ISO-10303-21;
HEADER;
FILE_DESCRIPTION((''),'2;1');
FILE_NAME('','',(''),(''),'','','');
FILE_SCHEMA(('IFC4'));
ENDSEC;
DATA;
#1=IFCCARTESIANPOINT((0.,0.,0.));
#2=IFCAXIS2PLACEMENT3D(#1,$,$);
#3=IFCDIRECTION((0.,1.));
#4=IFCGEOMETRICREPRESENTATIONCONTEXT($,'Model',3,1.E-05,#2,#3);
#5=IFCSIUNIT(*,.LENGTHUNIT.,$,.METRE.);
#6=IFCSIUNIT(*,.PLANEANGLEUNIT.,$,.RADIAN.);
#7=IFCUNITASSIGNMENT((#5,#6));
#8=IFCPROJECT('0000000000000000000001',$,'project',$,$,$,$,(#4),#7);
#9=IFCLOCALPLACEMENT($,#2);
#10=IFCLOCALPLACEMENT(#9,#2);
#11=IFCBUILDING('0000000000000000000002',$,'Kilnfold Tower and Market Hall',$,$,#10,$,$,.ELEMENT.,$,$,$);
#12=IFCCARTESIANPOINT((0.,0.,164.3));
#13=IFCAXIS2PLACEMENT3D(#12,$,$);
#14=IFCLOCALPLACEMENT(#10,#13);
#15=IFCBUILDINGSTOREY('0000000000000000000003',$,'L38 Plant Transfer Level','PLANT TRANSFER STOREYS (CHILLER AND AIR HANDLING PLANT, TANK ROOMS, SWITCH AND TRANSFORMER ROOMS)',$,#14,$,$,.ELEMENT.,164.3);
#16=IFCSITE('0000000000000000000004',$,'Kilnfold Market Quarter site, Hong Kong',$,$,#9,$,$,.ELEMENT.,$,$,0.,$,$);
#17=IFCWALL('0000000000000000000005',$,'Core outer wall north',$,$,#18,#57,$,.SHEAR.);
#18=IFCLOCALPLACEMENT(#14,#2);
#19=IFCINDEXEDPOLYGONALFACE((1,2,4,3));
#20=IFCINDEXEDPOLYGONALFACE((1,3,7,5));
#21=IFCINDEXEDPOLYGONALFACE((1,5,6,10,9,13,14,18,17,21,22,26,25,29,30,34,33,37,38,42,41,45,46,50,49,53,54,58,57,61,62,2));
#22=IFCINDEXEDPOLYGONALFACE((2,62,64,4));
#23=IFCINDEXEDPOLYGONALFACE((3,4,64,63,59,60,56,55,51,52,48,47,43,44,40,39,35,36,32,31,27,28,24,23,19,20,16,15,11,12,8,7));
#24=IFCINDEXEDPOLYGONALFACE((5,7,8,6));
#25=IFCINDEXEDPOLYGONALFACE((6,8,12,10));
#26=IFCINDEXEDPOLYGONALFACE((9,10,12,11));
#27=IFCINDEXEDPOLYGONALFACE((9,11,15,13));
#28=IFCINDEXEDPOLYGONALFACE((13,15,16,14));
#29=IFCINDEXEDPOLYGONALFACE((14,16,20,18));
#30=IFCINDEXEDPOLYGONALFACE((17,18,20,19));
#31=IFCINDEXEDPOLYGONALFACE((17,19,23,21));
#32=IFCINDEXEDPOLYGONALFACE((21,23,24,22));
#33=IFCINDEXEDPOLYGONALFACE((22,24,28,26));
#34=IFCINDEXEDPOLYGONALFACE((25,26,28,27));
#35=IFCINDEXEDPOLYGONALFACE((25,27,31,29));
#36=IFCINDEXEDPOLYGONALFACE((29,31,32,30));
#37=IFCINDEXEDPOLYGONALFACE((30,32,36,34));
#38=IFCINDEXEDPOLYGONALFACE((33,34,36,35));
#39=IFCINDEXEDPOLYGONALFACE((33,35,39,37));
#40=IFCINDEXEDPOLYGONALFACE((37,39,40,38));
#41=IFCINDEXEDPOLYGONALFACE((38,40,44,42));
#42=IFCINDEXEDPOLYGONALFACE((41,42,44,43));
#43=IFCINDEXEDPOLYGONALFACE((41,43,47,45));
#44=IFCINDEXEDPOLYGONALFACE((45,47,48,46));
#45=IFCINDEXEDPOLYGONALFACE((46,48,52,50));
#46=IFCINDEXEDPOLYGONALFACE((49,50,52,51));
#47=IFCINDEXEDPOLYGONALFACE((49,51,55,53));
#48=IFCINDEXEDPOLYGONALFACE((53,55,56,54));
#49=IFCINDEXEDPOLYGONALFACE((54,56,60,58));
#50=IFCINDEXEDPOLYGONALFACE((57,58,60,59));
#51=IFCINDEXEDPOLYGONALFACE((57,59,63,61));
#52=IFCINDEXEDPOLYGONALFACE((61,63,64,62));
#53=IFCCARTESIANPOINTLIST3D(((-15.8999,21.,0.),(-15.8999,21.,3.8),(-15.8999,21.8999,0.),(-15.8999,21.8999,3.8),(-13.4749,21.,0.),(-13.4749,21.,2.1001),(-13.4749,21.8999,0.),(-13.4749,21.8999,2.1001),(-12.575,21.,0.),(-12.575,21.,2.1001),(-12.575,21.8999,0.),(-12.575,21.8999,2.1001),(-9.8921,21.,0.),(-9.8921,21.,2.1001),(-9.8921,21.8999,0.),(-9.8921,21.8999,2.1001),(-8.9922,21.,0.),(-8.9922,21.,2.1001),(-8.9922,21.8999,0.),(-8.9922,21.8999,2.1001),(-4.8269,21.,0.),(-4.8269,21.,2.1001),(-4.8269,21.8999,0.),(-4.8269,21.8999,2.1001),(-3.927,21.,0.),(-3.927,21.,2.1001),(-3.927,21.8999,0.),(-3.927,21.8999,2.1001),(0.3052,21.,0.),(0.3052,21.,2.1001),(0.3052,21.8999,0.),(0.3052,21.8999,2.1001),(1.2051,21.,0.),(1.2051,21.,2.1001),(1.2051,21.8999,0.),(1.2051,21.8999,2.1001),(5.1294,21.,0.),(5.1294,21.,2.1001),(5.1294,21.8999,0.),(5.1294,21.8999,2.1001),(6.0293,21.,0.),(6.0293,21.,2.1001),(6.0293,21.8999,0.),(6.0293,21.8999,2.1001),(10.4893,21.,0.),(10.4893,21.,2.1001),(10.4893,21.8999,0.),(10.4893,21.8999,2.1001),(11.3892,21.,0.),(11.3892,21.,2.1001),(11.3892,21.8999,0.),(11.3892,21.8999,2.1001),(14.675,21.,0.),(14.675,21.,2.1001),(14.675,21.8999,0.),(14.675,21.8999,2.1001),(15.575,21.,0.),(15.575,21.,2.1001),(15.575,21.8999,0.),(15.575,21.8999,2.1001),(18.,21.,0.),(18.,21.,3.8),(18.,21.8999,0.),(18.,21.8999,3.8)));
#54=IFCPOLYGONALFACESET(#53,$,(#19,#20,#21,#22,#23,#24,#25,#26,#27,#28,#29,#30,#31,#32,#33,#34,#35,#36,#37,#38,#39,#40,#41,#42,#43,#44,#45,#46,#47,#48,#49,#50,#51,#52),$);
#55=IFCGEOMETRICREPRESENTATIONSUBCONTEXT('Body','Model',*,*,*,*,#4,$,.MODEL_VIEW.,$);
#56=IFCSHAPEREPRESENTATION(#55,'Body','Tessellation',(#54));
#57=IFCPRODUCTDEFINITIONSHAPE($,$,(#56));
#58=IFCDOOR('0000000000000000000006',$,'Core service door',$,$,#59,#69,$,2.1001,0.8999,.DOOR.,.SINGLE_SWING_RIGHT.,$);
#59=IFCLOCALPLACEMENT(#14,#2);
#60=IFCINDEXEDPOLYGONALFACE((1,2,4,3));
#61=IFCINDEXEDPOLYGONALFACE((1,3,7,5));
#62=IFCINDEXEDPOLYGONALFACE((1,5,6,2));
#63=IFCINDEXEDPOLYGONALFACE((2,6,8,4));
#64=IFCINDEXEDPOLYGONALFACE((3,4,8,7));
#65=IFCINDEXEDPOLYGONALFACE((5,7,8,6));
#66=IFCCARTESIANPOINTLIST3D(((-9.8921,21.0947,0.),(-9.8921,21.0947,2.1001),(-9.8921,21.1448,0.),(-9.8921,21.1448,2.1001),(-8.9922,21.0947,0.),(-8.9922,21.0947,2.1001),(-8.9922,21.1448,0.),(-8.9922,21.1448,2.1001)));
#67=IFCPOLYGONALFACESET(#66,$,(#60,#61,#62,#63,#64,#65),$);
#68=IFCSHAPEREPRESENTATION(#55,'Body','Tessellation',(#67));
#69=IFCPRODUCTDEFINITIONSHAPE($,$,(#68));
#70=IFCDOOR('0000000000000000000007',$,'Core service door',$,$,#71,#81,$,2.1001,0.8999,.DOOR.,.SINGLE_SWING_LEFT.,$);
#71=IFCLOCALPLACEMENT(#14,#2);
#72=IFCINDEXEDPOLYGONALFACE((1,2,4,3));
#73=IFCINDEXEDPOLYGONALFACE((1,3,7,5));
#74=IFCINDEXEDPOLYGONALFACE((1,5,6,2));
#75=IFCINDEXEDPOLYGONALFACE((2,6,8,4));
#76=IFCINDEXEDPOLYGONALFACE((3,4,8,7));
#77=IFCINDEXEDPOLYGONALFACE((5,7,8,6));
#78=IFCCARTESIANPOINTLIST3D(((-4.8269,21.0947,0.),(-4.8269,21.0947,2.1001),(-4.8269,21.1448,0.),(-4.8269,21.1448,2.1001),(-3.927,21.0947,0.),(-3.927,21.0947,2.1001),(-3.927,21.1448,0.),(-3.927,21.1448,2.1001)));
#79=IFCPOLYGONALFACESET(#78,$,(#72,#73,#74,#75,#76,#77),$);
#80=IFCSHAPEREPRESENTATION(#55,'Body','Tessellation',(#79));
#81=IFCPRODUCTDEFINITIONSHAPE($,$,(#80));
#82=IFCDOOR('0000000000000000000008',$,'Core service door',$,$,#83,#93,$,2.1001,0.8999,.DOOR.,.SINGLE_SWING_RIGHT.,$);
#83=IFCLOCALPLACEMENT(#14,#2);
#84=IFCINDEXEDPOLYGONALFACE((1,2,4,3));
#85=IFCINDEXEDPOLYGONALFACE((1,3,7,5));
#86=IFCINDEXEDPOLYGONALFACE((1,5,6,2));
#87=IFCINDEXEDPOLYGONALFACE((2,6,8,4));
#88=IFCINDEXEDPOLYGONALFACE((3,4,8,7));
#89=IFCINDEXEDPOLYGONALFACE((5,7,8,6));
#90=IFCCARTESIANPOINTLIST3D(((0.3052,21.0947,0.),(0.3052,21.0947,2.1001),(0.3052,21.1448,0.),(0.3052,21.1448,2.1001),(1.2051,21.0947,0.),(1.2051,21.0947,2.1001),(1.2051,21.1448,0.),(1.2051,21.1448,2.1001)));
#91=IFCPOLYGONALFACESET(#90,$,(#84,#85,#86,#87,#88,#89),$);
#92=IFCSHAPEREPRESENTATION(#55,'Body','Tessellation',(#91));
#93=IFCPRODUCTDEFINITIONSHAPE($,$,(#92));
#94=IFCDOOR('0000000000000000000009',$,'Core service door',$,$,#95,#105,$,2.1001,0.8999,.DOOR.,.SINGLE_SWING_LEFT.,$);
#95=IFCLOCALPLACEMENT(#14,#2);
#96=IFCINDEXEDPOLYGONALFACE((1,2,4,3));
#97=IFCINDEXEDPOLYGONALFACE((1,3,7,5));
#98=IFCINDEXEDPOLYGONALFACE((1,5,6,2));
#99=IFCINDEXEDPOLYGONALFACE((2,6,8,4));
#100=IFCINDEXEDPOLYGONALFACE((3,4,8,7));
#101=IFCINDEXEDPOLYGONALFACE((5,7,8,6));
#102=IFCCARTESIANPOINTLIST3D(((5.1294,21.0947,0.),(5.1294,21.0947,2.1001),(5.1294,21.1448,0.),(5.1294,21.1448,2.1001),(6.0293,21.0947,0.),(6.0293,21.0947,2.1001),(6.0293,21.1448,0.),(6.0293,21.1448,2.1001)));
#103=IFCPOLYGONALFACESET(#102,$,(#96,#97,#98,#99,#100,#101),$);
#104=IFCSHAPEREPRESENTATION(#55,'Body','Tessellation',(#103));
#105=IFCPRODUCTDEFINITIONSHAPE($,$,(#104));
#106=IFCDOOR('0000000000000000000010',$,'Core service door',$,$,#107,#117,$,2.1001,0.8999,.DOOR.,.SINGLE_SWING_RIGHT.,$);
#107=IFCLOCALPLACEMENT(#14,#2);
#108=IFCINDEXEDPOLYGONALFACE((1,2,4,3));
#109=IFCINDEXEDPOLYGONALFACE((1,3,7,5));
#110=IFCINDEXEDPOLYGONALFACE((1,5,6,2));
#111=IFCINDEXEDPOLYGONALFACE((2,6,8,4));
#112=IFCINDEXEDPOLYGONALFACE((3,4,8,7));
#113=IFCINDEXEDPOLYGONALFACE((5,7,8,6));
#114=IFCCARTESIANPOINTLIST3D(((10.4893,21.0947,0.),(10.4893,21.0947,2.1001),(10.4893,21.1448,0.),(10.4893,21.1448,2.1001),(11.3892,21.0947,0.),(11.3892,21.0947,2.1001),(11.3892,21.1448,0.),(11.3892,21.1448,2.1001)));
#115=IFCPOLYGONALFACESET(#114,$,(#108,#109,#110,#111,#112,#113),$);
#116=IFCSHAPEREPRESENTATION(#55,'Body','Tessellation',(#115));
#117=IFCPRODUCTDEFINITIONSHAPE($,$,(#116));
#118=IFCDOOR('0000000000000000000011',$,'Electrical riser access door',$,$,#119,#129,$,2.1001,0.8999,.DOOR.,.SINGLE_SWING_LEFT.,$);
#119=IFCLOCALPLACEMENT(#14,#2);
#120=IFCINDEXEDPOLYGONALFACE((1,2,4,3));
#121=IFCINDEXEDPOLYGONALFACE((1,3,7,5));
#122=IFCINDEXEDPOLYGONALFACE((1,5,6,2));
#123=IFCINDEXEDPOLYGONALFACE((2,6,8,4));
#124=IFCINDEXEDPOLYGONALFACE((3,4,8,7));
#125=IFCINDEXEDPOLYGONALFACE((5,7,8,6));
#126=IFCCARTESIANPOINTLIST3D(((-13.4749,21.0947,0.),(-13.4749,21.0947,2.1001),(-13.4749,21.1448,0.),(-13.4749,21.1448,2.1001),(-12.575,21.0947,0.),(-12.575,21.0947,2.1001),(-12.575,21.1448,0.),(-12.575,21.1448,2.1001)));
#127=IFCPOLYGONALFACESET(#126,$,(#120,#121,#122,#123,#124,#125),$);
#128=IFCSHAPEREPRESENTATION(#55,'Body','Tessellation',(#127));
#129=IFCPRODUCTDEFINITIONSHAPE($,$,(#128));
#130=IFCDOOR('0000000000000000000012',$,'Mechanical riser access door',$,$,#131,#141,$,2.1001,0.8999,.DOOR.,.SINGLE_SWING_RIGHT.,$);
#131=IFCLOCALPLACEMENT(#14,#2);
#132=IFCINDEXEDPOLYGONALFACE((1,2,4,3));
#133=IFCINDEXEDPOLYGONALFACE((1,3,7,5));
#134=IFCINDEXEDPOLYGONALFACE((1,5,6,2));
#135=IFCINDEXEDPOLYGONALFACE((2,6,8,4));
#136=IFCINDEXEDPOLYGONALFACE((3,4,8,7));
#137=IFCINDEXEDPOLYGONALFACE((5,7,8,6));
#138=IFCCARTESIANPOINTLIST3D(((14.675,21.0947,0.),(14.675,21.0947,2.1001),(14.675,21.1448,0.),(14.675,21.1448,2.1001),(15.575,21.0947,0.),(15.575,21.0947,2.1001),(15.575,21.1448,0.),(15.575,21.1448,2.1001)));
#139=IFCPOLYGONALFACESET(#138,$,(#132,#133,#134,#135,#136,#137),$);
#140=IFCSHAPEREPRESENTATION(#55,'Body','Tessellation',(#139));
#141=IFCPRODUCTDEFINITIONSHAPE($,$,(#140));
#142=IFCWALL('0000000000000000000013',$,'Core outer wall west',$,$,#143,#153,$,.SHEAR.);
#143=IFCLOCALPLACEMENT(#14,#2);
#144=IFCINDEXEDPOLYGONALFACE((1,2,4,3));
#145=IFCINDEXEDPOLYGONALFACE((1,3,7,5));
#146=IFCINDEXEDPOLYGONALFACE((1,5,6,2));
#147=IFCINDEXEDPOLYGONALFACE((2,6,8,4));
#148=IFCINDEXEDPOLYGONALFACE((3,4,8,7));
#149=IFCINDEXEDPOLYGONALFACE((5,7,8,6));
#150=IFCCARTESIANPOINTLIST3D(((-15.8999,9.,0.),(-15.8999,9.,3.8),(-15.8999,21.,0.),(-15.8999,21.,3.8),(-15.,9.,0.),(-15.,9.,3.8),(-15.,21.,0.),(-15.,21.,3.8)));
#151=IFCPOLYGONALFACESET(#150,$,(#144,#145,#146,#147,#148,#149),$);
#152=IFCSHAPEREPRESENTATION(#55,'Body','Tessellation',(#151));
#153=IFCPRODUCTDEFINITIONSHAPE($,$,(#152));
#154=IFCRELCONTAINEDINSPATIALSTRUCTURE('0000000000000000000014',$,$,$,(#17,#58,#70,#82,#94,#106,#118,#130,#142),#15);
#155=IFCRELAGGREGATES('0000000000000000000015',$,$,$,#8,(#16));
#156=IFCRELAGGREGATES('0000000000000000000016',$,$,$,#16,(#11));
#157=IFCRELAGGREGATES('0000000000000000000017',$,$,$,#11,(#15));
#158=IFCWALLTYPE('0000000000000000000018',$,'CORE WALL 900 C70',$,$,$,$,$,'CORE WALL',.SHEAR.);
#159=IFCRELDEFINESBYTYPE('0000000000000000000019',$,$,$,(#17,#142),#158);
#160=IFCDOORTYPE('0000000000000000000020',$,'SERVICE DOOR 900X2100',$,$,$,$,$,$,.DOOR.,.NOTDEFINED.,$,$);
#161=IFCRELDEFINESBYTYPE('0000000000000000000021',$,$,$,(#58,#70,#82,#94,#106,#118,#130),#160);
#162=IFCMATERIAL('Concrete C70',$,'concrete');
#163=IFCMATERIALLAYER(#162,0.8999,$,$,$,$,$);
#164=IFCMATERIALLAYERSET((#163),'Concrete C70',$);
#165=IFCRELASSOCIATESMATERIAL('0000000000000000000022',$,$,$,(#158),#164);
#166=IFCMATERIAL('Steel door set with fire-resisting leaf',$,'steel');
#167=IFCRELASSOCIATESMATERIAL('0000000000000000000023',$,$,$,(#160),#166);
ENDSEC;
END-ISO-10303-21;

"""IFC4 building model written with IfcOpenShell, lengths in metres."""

from ifc_helpers import new_model, si_unit, direction, frame, frame_2d, origin, place, context, subcontext, project, spatial, rectangle, extrude, source, transform, mapped, material, layer, layer_set, type_object, element, fill, save


model = new_model("IFC4")

# Units and contexts
model_context = context("Model", 3, precision=1e-05, world=origin(), true_north=direction((0.0, 1.0)))
body_context = subcontext(model_context, "Body", "Model", "MODEL_VIEW")
ifc_project = project(units=[si_unit("LENGTHUNIT", "METRE"), si_unit("PLANEANGLEUNIT", "RADIAN")], contexts=[model_context])

# Site, building, storey
site_placement = place(None, origin())
site = spatial("IfcSite", under=ifc_project, at=site_placement, Name="Kilnfold Market Quarter site, Hong Kong", CompositionType="ELEMENT", RefElevation=0.0)
building_placement = place(site_placement, origin())
building = spatial("IfcBuilding", under=site, at=building_placement, Name="Kilnfold Tower and Market Hall", CompositionType="ELEMENT")
storey_placement = place(building_placement, frame((0.0, 0.0, 164.3)))
storey = spatial("IfcBuildingStorey", under=building, at=storey_placement, Name="L38 Plant Transfer Level", Description="PLANT TRANSFER STOREYS (CHILLER AND AIR HANDLING PLANT, TANK ROOMS, SWITCH AND TRANSFORMER ROOMS)", CompositionType="ELEMENT", Elevation=164.3)

# Shared definitions
ifc_material_1 = material(Name="Concrete C70", Category="concrete")
ifc_layer_1 = layer(ifc_material_1, 0.8999)
ifc_layer_set_1 = layer_set([ifc_layer_1], Name="Concrete C70")
wall_type_1 = type_object("IfcWallType", Name="CORE WALL 900 C70", ElementType="CORE WALL", PredefinedType="SHEAR", material=ifc_layer_set_1)

# Wall, openings, doors
shared_shape_1 = source(origin(), body_context, "Body", "SweptSolid", [
    extrude(rectangle(XDim=33.8999, YDim=0.8999, at=frame_2d((16.95, 0.0))), origin(), (0.0, 0.0, 1.0), 3.8),
])
wall_1_placement = place(storey_placement, frame((-15.8999, 21.45, 0.0), z_axis=(0.0, 0.0, 1.0), x_axis=(1.0, 0.0, 0.0)))
wall_1 = element("IfcWall", 1, at=wall_1_placement, inside=storey, type_object=wall_type_1, Name="Core outer wall north", PredefinedType="SHEAR", context=body_context, shape_type="MappedRepresentation", body=[
    mapped(shared_shape_1, transform((0.0, 0.0, 0.0))),
])
opening_1_placement = place(wall_1_placement, frame((6.0078, 0.0, 0.0)))
opening_1 = element("IfcOpeningElement", 2, at=opening_1_placement, cuts=wall_1, PredefinedType="OPENING", context=body_context, shape_type="SweptSolid", body=[
    extrude(rectangle(XDim=0.8999, YDim=2.1001, at=frame_2d((0.45, 1.05))), frame((0.0, 0.46, 0.0), z_axis=(0.0, -1.0, 0.0), x_axis=(1.0, 0.0, 0.0)), (0.0, 0.0, 1.0), 0.9199),
])
opening_2_placement = place(wall_1_placement, frame((11.073, 0.0, 0.0)))
opening_2 = element("IfcOpeningElement", 3, at=opening_2_placement, cuts=wall_1, PredefinedType="OPENING", context=body_context, shape_type="SweptSolid", body=[
    extrude(rectangle(XDim=0.8999, YDim=2.1001, at=frame_2d((0.45, 1.05))), frame((0.0, 0.46, 0.0), z_axis=(0.0, -1.0, 0.0), x_axis=(1.0, 0.0, 0.0)), (0.0, 0.0, 1.0), 0.9199),
])
opening_3_placement = place(wall_1_placement, frame((16.2051, 0.0, 0.0)))
opening_3 = element("IfcOpeningElement", 4, at=opening_3_placement, cuts=wall_1, PredefinedType="OPENING", context=body_context, shape_type="SweptSolid", body=[
    extrude(rectangle(XDim=0.8999, YDim=2.1001, at=frame_2d((0.45, 1.05))), frame((0.0, 0.46, 0.0), z_axis=(0.0, -1.0, 0.0), x_axis=(1.0, 0.0, 0.0)), (0.0, 0.0, 1.0), 0.9199),
])
opening_4_placement = place(wall_1_placement, frame((21.0293, 0.0, 0.0)))
opening_4 = element("IfcOpeningElement", 5, at=opening_4_placement, cuts=wall_1, PredefinedType="OPENING", context=body_context, shape_type="SweptSolid", body=[
    extrude(rectangle(XDim=0.8999, YDim=2.1001, at=frame_2d((0.45, 1.05))), frame((0.0, 0.46, 0.0), z_axis=(0.0, -1.0, 0.0), x_axis=(1.0, 0.0, 0.0)), (0.0, 0.0, 1.0), 0.9199),
])
opening_5_placement = place(wall_1_placement, frame((26.3892, 0.0, 0.0)))
opening_5 = element("IfcOpeningElement", 6, at=opening_5_placement, cuts=wall_1, PredefinedType="OPENING", context=body_context, shape_type="SweptSolid", body=[
    extrude(rectangle(XDim=0.8999, YDim=2.1001, at=frame_2d((0.45, 1.05))), frame((0.0, 0.46, 0.0), z_axis=(0.0, -1.0, 0.0), x_axis=(1.0, 0.0, 0.0)), (0.0, 0.0, 1.0), 0.9199),
])
opening_6_placement = place(wall_1_placement, frame((2.425, 0.0, 0.0)))
opening_6 = element("IfcOpeningElement", 7, at=opening_6_placement, cuts=wall_1, PredefinedType="OPENING", context=body_context, shape_type="SweptSolid", body=[
    extrude(rectangle(XDim=0.8999, YDim=2.1001, at=frame_2d((0.45, 1.05))), frame((0.0, 0.46, 0.0), z_axis=(0.0, -1.0, 0.0), x_axis=(1.0, 0.0, 0.0)), (0.0, 0.0, 1.0), 0.9199),
])
opening_7_placement = place(wall_1_placement, frame((30.575, 0.0, 0.0)))
opening_7 = element("IfcOpeningElement", 8, at=opening_7_placement, cuts=wall_1, PredefinedType="OPENING", context=body_context, shape_type="SweptSolid", body=[
    extrude(rectangle(XDim=0.8999, YDim=2.1001, at=frame_2d((0.45, 1.05))), frame((0.0, 0.46, 0.0), z_axis=(0.0, -1.0, 0.0), x_axis=(1.0, 0.0, 0.0)), (0.0, 0.0, 1.0), 0.9199),
])
ifc_material_2 = material(Name="Steel door set with fire-resisting leaf", Category="steel")
door_type_1 = type_object("IfcDoorType", Name="SERVICE DOOR 900X2100", OperationType="NOTDEFINED", PredefinedType="DOOR", material=ifc_material_2)
door_1_placement = place(opening_1_placement, origin())
door_1 = element("IfcDoor", 9, at=door_1_placement, inside=storey, type_object=door_type_1, Name="Core service door", OperationType="SINGLE_SWING_RIGHT", OverallHeight=2.1001, OverallWidth=0.8999, PredefinedType="DOOR", context=body_context, shape_type="SweptSolid", body=[
    extrude(rectangle(XDim=0.8999, YDim=2.1001, at=frame_2d((0.45, 1.05))), frame((0.0, -0.3052, 0.0), z_axis=(0.0, -1.0, 0.0), x_axis=(1.0, 0.0, 0.0)), (0.0, 0.0, 1.0), 0.05),
])
fill(opening_1, door_1)
door_2_placement = place(opening_2_placement, origin())
door_2 = element("IfcDoor", 10, at=door_2_placement, inside=storey, type_object=door_type_1, Name="Core service door", OperationType="SINGLE_SWING_LEFT", OverallHeight=2.1001, OverallWidth=0.8999, PredefinedType="DOOR", context=body_context, shape_type="SweptSolid", body=[
    extrude(rectangle(XDim=0.8999, YDim=2.1001, at=frame_2d((0.45, 1.05))), frame((0.0, -0.3052, 0.0), z_axis=(0.0, -1.0, 0.0), x_axis=(1.0, 0.0, 0.0)), (0.0, 0.0, 1.0), 0.05),
])
fill(opening_2, door_2)
door_3_placement = place(opening_3_placement, origin())
door_3 = element("IfcDoor", 11, at=door_3_placement, inside=storey, type_object=door_type_1, Name="Core service door", OperationType="SINGLE_SWING_RIGHT", OverallHeight=2.1001, OverallWidth=0.8999, PredefinedType="DOOR", context=body_context, shape_type="SweptSolid", body=[
    extrude(rectangle(XDim=0.8999, YDim=2.1001, at=frame_2d((0.45, 1.05))), frame((0.0, -0.3052, 0.0), z_axis=(0.0, -1.0, 0.0), x_axis=(1.0, 0.0, 0.0)), (0.0, 0.0, 1.0), 0.05),
])
fill(opening_3, door_3)
door_4_placement = place(opening_4_placement, origin())
door_4 = element("IfcDoor", 12, at=door_4_placement, inside=storey, type_object=door_type_1, Name="Core service door", OperationType="SINGLE_SWING_LEFT", OverallHeight=2.1001, OverallWidth=0.8999, PredefinedType="DOOR", context=body_context, shape_type="SweptSolid", body=[
    extrude(rectangle(XDim=0.8999, YDim=2.1001, at=frame_2d((0.45, 1.05))), frame((0.0, -0.3052, 0.0), z_axis=(0.0, -1.0, 0.0), x_axis=(1.0, 0.0, 0.0)), (0.0, 0.0, 1.0), 0.05),
])
fill(opening_4, door_4)
door_5_placement = place(opening_5_placement, origin())
door_5 = element("IfcDoor", 13, at=door_5_placement, inside=storey, type_object=door_type_1, Name="Core service door", OperationType="SINGLE_SWING_RIGHT", OverallHeight=2.1001, OverallWidth=0.8999, PredefinedType="DOOR", context=body_context, shape_type="SweptSolid", body=[
    extrude(rectangle(XDim=0.8999, YDim=2.1001, at=frame_2d((0.45, 1.05))), frame((0.0, -0.3052, 0.0), z_axis=(0.0, -1.0, 0.0), x_axis=(1.0, 0.0, 0.0)), (0.0, 0.0, 1.0), 0.05),
])
fill(opening_5, door_5)
door_6_placement = place(opening_6_placement, origin())
door_6 = element("IfcDoor", 14, at=door_6_placement, inside=storey, type_object=door_type_1, Name="Electrical riser access door", OperationType="SINGLE_SWING_LEFT", OverallHeight=2.1001, OverallWidth=0.8999, PredefinedType="DOOR", context=body_context, shape_type="SweptSolid", body=[
    extrude(rectangle(XDim=0.8999, YDim=2.1001, at=frame_2d((0.45, 1.05))), frame((0.0, -0.3052, 0.0), z_axis=(0.0, -1.0, 0.0), x_axis=(1.0, 0.0, 0.0)), (0.0, 0.0, 1.0), 0.05),
])
fill(opening_6, door_6)
door_7_placement = place(opening_7_placement, origin())
door_7 = element("IfcDoor", 15, at=door_7_placement, inside=storey, type_object=door_type_1, Name="Mechanical riser access door", OperationType="SINGLE_SWING_RIGHT", OverallHeight=2.1001, OverallWidth=0.8999, PredefinedType="DOOR", context=body_context, shape_type="SweptSolid", body=[
    extrude(rectangle(XDim=0.8999, YDim=2.1001, at=frame_2d((0.45, 1.05))), frame((0.0, -0.3052, 0.0), z_axis=(0.0, -1.0, 0.0), x_axis=(1.0, 0.0, 0.0)), (0.0, 0.0, 1.0), 0.05),
])
fill(opening_7, door_7)

# Wall
shared_shape_2 = source(origin(), body_context, "Body", "SweptSolid", [
    extrude(rectangle(XDim=12.0, YDim=0.8999, at=frame_2d((6.0, 0.0))), origin(), (0.0, 0.0, 1.0), 3.8),
])
wall_2_placement = place(storey_placement, frame((-15.45, 9.0, 0.0), z_axis=(0.0, 0.0, 1.0), x_axis=(0.0, 1.0, 0.0)))
element("IfcWall", 16, at=wall_2_placement, inside=storey, type_object=wall_type_1, Name="Core outer wall west", PredefinedType="SHEAR", context=body_context, shape_type="MappedRepresentation", body=[
    mapped(shared_shape_2, transform((0.0, 0.0, 0.0))),
])

save(model, "model.ifc")
